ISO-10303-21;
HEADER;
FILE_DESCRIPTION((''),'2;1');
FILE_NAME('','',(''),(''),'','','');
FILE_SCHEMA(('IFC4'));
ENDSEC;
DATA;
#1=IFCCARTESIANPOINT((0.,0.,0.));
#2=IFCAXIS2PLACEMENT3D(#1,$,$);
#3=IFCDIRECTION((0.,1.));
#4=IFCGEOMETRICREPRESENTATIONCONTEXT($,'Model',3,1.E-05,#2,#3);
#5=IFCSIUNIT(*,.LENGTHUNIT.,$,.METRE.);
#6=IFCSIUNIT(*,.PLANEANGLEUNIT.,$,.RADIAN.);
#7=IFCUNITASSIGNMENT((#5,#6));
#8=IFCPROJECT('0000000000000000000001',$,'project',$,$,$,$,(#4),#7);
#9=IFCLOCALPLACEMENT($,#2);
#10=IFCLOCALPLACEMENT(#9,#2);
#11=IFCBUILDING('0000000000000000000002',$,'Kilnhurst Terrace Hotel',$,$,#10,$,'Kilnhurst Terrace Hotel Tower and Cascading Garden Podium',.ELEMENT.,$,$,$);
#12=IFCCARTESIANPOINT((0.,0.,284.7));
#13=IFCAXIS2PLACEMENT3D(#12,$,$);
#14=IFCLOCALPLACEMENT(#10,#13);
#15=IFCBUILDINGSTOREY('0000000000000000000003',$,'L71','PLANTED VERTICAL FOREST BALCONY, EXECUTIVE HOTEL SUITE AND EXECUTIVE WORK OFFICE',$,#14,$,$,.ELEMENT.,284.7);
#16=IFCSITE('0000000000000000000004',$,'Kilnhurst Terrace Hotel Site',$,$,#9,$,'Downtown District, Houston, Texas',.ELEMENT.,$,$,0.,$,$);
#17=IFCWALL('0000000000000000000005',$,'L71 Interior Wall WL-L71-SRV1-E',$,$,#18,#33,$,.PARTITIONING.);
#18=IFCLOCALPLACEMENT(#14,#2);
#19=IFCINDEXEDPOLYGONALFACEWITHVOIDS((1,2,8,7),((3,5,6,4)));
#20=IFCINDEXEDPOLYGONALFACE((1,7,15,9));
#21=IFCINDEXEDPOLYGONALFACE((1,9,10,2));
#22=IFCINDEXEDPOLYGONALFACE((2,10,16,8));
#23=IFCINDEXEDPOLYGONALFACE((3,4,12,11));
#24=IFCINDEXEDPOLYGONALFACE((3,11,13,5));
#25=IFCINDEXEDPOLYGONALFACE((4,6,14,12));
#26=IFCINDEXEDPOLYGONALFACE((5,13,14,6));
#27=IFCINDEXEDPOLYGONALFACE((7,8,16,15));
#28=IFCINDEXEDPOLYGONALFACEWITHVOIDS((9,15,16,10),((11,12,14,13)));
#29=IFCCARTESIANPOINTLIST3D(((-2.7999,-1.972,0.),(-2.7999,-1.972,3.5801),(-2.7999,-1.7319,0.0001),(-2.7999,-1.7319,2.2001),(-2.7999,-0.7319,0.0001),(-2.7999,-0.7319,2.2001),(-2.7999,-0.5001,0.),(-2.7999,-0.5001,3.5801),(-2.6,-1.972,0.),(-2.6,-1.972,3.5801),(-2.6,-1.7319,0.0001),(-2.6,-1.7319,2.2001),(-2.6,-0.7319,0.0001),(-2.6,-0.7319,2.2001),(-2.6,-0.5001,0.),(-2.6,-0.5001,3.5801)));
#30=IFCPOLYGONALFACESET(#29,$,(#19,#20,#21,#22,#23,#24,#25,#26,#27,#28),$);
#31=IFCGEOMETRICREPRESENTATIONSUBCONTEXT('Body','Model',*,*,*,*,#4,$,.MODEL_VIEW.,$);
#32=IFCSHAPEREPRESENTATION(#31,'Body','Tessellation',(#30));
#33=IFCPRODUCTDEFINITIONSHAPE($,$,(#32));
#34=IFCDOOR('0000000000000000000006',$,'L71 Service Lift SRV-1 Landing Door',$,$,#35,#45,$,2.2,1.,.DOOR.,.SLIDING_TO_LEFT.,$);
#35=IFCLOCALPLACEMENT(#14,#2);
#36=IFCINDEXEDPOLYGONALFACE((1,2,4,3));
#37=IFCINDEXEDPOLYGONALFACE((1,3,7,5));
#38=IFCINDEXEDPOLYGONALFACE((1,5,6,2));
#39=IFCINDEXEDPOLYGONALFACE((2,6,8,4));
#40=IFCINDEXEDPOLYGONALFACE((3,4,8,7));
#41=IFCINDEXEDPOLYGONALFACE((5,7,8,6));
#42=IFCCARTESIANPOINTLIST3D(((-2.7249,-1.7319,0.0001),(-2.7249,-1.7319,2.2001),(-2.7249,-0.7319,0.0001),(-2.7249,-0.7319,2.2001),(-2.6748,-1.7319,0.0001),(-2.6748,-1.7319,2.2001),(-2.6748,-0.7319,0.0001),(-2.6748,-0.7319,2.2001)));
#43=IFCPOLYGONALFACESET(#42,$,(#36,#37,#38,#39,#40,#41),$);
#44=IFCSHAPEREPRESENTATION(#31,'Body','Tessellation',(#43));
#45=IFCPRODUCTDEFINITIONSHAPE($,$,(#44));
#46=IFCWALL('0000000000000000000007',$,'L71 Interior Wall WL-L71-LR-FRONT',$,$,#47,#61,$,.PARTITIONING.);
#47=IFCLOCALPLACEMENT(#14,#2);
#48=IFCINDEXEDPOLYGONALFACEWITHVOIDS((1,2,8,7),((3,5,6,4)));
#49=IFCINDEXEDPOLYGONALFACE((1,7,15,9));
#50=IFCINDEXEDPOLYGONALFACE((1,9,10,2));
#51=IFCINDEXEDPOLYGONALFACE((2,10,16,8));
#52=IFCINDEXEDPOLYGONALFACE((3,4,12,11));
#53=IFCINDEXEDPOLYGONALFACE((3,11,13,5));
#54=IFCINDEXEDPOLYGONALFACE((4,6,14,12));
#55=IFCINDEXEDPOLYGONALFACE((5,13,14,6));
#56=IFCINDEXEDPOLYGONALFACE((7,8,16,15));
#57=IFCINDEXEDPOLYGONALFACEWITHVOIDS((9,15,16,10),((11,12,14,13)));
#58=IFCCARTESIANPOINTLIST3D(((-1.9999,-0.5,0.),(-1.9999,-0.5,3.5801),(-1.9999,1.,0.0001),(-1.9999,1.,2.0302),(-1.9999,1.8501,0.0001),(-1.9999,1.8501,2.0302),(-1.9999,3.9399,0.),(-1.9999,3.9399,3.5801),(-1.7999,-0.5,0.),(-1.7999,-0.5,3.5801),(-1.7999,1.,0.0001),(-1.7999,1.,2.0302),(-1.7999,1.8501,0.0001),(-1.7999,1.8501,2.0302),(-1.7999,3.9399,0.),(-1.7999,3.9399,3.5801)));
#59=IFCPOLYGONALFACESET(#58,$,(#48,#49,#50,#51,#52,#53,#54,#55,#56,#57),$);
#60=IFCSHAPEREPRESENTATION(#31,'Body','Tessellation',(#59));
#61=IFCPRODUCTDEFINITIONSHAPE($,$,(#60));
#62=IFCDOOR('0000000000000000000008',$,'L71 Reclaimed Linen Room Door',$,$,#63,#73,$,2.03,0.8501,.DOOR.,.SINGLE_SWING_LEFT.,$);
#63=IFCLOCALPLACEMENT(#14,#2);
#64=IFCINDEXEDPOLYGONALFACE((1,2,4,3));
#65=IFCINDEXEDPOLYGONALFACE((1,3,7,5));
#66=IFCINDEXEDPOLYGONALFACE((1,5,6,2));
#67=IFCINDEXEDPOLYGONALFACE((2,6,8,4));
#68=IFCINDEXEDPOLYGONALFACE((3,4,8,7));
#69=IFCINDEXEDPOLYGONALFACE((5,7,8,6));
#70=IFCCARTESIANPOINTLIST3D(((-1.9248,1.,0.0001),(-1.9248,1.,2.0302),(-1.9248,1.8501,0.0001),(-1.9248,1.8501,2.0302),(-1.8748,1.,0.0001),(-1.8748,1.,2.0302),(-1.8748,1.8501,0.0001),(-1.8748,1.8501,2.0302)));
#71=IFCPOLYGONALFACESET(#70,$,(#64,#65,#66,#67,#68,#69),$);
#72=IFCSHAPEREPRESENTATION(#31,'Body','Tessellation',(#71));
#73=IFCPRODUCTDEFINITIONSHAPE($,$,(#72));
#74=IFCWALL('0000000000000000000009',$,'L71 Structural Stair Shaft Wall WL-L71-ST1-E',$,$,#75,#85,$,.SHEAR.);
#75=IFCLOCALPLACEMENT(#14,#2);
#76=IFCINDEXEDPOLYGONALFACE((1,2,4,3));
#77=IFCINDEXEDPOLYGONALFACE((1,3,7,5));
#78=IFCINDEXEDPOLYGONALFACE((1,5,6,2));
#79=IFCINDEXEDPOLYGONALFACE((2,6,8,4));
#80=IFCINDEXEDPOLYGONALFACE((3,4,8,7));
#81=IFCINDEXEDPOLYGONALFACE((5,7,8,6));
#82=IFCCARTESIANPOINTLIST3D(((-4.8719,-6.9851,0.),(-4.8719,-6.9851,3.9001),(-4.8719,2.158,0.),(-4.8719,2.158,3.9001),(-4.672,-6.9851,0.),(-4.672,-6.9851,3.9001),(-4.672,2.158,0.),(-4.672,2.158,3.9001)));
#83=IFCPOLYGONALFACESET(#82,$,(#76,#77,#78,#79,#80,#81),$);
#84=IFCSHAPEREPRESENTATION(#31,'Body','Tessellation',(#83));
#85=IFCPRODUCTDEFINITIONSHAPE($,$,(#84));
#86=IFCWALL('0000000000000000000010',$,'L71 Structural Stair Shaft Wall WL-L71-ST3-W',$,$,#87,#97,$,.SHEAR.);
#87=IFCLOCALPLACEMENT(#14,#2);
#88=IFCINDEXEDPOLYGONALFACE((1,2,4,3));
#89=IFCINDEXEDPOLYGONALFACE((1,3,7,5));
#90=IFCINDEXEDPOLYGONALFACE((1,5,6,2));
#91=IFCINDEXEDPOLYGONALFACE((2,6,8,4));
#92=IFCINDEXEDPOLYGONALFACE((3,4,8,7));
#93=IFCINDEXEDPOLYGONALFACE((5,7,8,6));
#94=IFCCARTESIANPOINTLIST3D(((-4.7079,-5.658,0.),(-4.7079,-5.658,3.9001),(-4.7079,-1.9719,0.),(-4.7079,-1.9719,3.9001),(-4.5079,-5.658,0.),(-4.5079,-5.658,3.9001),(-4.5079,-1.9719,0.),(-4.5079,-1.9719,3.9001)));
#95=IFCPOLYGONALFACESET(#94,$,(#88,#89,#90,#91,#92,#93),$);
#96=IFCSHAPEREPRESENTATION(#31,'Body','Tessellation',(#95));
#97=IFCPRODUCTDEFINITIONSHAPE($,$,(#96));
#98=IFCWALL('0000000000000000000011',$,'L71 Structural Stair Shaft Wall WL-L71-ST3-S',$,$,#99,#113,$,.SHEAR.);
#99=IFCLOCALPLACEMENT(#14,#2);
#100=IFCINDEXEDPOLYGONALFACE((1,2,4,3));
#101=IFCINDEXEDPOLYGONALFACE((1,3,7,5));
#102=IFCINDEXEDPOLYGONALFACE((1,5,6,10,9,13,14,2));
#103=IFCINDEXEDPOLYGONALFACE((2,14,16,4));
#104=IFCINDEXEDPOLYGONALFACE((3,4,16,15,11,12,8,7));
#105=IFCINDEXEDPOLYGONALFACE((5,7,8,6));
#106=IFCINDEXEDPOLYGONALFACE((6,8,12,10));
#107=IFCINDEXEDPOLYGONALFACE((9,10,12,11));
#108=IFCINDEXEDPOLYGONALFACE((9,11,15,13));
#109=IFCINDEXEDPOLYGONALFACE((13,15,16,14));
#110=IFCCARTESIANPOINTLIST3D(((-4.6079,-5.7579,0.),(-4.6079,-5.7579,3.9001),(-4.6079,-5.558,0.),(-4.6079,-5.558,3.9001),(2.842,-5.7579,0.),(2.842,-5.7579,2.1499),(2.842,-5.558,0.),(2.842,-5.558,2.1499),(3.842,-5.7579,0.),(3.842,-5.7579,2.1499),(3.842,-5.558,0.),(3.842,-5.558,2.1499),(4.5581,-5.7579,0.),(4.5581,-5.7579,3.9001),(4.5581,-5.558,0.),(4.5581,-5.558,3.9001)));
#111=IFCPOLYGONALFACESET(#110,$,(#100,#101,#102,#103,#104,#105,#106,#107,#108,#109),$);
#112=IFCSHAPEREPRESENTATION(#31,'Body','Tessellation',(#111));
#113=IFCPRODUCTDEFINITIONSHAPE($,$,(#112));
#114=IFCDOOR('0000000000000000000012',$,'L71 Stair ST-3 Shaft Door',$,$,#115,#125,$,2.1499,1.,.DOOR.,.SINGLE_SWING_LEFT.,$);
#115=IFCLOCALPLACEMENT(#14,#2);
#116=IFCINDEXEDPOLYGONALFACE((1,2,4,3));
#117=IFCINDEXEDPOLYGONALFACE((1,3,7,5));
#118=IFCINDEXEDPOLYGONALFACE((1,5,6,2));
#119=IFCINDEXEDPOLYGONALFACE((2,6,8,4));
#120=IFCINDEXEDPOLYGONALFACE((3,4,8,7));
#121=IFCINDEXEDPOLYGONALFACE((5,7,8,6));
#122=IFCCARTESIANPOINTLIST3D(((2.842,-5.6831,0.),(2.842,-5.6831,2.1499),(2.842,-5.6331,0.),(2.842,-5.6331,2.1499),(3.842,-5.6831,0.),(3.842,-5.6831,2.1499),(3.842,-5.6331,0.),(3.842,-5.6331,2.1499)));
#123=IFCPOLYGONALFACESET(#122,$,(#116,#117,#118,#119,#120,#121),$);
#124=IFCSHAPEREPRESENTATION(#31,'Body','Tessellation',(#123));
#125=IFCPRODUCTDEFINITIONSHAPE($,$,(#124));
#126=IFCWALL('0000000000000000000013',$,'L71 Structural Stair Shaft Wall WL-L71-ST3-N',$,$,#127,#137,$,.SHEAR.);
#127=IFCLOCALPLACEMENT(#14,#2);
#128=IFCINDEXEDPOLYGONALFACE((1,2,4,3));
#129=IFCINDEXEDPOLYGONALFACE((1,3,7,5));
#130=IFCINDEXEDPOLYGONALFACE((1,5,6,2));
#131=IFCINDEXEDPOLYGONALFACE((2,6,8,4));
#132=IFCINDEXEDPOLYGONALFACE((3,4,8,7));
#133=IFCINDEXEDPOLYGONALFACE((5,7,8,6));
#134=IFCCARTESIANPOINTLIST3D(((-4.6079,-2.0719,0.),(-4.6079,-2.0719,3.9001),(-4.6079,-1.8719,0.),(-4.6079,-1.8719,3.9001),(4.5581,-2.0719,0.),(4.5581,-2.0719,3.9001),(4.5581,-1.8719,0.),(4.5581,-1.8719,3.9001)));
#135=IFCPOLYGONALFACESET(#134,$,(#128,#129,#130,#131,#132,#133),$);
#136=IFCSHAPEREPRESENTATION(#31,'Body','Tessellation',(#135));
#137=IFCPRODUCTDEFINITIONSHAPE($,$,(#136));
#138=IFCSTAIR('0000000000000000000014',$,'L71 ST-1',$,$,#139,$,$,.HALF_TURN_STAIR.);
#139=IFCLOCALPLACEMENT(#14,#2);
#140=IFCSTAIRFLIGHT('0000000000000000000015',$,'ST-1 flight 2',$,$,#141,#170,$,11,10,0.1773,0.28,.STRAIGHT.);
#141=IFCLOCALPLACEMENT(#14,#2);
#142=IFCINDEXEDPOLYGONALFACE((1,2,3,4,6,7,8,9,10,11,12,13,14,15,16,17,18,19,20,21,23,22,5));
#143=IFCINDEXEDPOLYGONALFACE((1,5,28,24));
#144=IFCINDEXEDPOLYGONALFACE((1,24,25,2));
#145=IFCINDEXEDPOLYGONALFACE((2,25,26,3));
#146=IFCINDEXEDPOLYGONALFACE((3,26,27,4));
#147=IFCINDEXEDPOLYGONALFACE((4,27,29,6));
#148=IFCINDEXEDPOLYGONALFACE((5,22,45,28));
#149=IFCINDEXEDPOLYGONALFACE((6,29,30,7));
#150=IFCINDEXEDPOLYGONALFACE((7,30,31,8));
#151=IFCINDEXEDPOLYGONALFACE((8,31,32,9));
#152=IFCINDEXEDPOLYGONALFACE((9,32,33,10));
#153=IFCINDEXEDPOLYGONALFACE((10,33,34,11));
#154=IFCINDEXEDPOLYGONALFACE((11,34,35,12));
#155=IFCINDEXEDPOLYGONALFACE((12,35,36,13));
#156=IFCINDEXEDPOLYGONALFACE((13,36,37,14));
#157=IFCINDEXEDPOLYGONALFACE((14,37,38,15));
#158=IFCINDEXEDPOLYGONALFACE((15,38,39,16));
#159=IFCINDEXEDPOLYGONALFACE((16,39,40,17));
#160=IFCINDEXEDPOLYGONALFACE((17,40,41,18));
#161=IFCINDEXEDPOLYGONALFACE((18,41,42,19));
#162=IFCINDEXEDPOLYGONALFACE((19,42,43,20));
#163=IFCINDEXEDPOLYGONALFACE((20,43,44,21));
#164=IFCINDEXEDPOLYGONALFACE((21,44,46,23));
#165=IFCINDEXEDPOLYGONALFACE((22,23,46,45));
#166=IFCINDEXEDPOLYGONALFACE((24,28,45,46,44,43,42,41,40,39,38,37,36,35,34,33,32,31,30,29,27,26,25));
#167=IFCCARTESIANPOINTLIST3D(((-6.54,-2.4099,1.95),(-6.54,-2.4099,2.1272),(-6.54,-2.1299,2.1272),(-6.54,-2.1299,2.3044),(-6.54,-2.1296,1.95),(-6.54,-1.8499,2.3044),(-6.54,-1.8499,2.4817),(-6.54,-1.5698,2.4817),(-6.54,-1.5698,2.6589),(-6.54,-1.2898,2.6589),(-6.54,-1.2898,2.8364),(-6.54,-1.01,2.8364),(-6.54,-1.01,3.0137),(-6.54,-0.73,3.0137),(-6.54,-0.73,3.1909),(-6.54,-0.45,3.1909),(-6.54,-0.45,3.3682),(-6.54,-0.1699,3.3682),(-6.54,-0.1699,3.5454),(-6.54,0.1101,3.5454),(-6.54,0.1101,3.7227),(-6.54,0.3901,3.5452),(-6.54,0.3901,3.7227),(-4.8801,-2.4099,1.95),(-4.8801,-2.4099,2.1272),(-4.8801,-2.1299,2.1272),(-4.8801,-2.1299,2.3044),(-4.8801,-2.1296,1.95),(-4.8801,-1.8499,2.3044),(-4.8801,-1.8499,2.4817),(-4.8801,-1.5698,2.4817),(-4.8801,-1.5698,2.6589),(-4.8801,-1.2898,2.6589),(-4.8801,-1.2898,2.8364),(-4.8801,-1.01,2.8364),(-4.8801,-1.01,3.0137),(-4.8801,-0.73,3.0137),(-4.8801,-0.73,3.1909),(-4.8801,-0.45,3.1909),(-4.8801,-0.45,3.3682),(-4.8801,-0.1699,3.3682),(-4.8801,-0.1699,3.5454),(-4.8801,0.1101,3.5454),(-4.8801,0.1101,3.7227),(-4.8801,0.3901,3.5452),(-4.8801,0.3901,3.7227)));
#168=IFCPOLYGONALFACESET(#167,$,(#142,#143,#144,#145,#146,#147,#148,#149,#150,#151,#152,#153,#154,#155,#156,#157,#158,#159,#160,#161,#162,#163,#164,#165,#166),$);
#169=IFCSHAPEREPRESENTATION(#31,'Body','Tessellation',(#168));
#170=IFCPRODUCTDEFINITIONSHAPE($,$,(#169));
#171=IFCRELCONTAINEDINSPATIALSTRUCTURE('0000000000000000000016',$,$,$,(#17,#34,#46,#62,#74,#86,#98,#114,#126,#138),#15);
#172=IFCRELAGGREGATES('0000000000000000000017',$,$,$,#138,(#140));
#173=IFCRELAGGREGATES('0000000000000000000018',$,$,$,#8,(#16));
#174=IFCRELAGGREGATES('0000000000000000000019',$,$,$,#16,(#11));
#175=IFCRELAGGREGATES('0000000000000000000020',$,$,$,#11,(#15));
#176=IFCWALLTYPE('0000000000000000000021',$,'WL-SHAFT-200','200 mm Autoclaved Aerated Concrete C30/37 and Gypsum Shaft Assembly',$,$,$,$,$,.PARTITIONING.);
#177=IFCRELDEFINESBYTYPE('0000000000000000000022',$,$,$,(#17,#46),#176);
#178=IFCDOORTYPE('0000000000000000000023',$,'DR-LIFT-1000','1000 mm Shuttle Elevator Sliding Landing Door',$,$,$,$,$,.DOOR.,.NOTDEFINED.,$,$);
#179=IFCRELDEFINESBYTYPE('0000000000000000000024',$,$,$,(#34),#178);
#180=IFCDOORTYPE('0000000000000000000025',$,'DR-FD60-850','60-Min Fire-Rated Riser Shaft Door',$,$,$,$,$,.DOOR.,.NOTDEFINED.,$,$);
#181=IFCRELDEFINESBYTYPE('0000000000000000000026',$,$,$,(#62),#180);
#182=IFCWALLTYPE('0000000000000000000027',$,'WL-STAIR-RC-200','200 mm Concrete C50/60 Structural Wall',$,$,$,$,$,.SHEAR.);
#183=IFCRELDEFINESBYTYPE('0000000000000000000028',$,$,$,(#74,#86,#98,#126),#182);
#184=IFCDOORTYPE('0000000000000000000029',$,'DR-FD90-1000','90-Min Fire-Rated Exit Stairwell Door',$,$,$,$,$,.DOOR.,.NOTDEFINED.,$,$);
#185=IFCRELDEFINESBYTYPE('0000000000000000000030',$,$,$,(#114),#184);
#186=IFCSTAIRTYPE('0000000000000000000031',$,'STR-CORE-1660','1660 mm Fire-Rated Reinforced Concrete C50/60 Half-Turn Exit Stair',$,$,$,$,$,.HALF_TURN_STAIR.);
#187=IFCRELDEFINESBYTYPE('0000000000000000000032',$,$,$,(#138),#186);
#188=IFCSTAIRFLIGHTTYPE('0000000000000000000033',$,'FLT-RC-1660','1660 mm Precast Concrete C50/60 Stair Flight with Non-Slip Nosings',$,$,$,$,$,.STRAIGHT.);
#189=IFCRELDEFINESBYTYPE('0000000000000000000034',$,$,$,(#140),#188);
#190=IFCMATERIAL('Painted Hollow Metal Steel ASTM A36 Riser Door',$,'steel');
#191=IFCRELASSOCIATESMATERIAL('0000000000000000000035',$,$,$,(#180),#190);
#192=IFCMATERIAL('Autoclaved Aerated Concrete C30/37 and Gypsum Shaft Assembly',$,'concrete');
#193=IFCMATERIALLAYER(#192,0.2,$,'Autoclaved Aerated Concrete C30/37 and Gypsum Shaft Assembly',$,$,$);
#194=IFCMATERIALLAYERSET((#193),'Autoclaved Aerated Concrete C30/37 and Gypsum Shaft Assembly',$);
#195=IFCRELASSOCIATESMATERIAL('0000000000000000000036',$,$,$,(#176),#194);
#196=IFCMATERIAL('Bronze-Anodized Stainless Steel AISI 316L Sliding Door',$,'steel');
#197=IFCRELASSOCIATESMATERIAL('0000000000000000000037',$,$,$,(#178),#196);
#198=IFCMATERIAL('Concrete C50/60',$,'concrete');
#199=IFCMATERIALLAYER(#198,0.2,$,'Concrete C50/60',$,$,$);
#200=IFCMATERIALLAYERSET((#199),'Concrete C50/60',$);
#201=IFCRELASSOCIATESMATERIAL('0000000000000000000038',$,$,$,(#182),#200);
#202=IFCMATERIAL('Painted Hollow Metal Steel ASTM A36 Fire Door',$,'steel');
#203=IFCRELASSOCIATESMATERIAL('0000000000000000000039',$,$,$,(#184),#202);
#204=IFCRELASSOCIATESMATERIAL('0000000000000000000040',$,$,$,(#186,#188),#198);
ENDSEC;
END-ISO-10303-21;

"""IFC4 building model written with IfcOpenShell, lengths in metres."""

from ifc_helpers import new_model, si_unit, direction, frame, frame_2d, origin, place, context, subcontext, project, spatial, polyline, rectangle, outline, extrude, material, layer, layer_set, type_object, element, fill, aggregate, save


model = new_model("IFC4")

# Units and contexts
model_context = context("Model", 3, precision=1e-05, world=origin(), true_north=direction((0.0, 1.0)))
body_context = subcontext(model_context, "Body", "Model", "MODEL_VIEW")
ifc_project = project(units=[si_unit("LENGTHUNIT", "METRE"), si_unit("PLANEANGLEUNIT", "RADIAN")], contexts=[model_context])

# Site, building, storey
site_placement = place(None, origin())
site = spatial("IfcSite", under=ifc_project, at=site_placement, Name="Kilnhurst Terrace Hotel Site", LongName="Downtown District, Houston, Texas", CompositionType="ELEMENT", RefElevation=0.0)
building_placement = place(site_placement, origin())
building = spatial("IfcBuilding", under=site, at=building_placement, Name="Kilnhurst Terrace Hotel", LongName="Kilnhurst Terrace Hotel Tower and Cascading Garden Podium", CompositionType="ELEMENT")
storey_placement = place(building_placement, frame((0.0, 0.0, 284.7)))
storey = spatial("IfcBuildingStorey", under=building, at=storey_placement, Name="L71", Description="PLANTED VERTICAL FOREST BALCONY, EXECUTIVE HOTEL SUITE AND EXECUTIVE WORK OFFICE", CompositionType="ELEMENT", Elevation=284.7)

# Shared definitions
ifc_material_1 = material(Name="Concrete C50/60", Category="concrete")

# Shared definitions
ifc_material_2 = material(Name="Painted Hollow Metal Steel ASTM A36 Riser Door", Category="steel")
door_type_1 = type_object("IfcDoorType", Name="DR-FD60-850", Description="60-Min Fire-Rated Riser Shaft Door", OperationType="NOTDEFINED", PredefinedType="DOOR", material=ifc_material_2)

# Walls, openings, doors
ifc_material_3 = material(Name="Autoclaved Aerated Concrete C30/37 and Gypsum Shaft Assembly", Category="concrete")
ifc_layer_1 = layer(ifc_material_3, 0.2, Name="Autoclaved Aerated Concrete C30/37 and Gypsum Shaft Assembly")
ifc_layer_set_1 = layer_set([ifc_layer_1], Name="Autoclaved Aerated Concrete C30/37 and Gypsum Shaft Assembly")
wall_type_1 = type_object("IfcWallType", Name="WL-SHAFT-200", Description="200 mm Autoclaved Aerated Concrete C30/37 and Gypsum Shaft Assembly", PredefinedType="PARTITIONING", material=ifc_layer_set_1)
wall_1_placement = place(storey_placement, frame((-2.7, -1.9719, 0.0), z_axis=(0.0, 0.0, 1.0), x_axis=(0.0, 1.0, 0.0)))
wall_1 = element("IfcWall", 1, at=wall_1_placement, inside=storey, type_object=wall_type_1, Name="L71 Interior Wall WL-L71-SRV1-E", PredefinedType="PARTITIONING", context=body_context, shape_type="SweptSolid", body=[
    extrude(rectangle(XDim=1.4719, YDim=0.2, at=frame_2d((0.7358, 0.0))), origin(), (0.0, 0.0, 1.0), 3.5801),
])
opening_1_placement = place(wall_1_placement, frame((0.24, 0.0, 0.0)))
opening_1 = element("IfcOpeningElement", 2, at=opening_1_placement, cuts=wall_1, PredefinedType="OPENING", context=body_context, shape_type="SweptSolid", body=[
    extrude(rectangle(XDim=1.0, YDim=2.2, at=frame_2d((0.5, 1.1001))), frame((0.0, 0.1099, 0.0), z_axis=(0.0, -1.0, 0.0), x_axis=(1.0, 0.0, 0.0)), (0.0, 0.0, 1.0), 0.22),
])
ifc_material_4 = material(Name="Bronze-Anodized Stainless Steel AISI 316L Sliding Door", Category="steel")
door_type_2 = type_object("IfcDoorType", Name="DR-LIFT-1000", Description="1000 mm Shuttle Elevator Sliding Landing Door", OperationType="NOTDEFINED", PredefinedType="DOOR", material=ifc_material_4)
door_1_placement = place(opening_1_placement, origin())
door_1 = element("IfcDoor", 3, at=door_1_placement, inside=storey, type_object=door_type_2, Name="L71 Service Lift SRV-1 Landing Door", OperationType="SLIDING_TO_LEFT", OverallHeight=2.2, OverallWidth=1.0, PredefinedType="DOOR", context=body_context, shape_type="SweptSolid", body=[
    extrude(rectangle(XDim=1.0, YDim=2.2, at=frame_2d((0.5, 1.1001))), frame((0.0, 0.0249, 0.0), z_axis=(0.0, -1.0, 0.0), x_axis=(1.0, 0.0, 0.0)), (0.0, 0.0, 1.0), 0.05),
])
fill(opening_1, door_1)
wall_2_placement = place(storey_placement, frame((-1.8999, -0.5, 0.0), z_axis=(0.0, 0.0, 1.0), x_axis=(0.0, 1.0, 0.0)))
wall_2 = element("IfcWall", 4, at=wall_2_placement, inside=storey, type_object=wall_type_1, Name="L71 Interior Wall WL-L71-LR-FRONT", PredefinedType="PARTITIONING", context=body_context, shape_type="SweptSolid", body=[
    extrude(rectangle(XDim=4.4399, YDim=0.2, at=frame_2d((2.22, 0.0))), origin(), (0.0, 0.0, 1.0), 3.5801),
])
opening_2_placement = place(wall_2_placement, frame((1.5, 0.0, 0.0)))
opening_2 = element("IfcOpeningElement", 5, at=opening_2_placement, cuts=wall_2, PredefinedType="OPENING", context=body_context, shape_type="SweptSolid", body=[
    extrude(rectangle(XDim=0.8501, YDim=2.03, at=frame_2d((0.425, 1.0151))), frame((0.0, 0.1099, 0.0), z_axis=(0.0, -1.0, 0.0), x_axis=(1.0, 0.0, 0.0)), (0.0, 0.0, 1.0), 0.22),
])
door_2_placement = place(opening_2_placement, origin())
door_2 = element("IfcDoor", 6, at=door_2_placement, inside=storey, type_object=door_type_1, Name="L71 Reclaimed Linen Room Door", OperationType="SINGLE_SWING_LEFT", OverallHeight=2.03, OverallWidth=0.8501, PredefinedType="DOOR", context=body_context, shape_type="SweptSolid", body=[
    extrude(rectangle(XDim=0.8501, YDim=2.03, at=frame_2d((0.425, 1.0151))), frame((0.0, 0.0249, 0.0), z_axis=(0.0, -1.0, 0.0), x_axis=(1.0, 0.0, 0.0)), (0.0, 0.0, 1.0), 0.05),
])
fill(opening_2, door_2)

# Walls
ifc_layer_2 = layer(ifc_material_1, 0.2, Name="Concrete C50/60")
ifc_layer_set_2 = layer_set([ifc_layer_2], Name="Concrete C50/60")
wall_type_2 = type_object("IfcWallType", Name="WL-STAIR-RC-200", Description="200 mm Concrete C50/60 Structural Wall", PredefinedType="SHEAR", material=ifc_layer_set_2)
wall_3_placement = place(storey_placement, frame((-4.772, -6.9851, 0.0), z_axis=(0.0, 0.0, 1.0), x_axis=(0.0, 1.0, 0.0)))
element("IfcWall", 7, at=wall_3_placement, inside=storey, type_object=wall_type_2, Name="L71 Structural Stair Shaft Wall WL-L71-ST1-E", PredefinedType="SHEAR", context=body_context, shape_type="SweptSolid", body=[
    extrude(rectangle(XDim=9.1431, YDim=0.2, at=frame_2d((4.5715, 0.0))), origin(), (0.0, 0.0, 1.0), 3.9001),
])
wall_4_placement = place(storey_placement, frame((-4.6079, -5.658, 0.0), z_axis=(0.0, 0.0, 1.0), x_axis=(0.0, 1.0, 0.0)))
element("IfcWall", 8, at=wall_4_placement, inside=storey, type_object=wall_type_2, Name="L71 Structural Stair Shaft Wall WL-L71-ST3-W", PredefinedType="SHEAR", context=body_context, shape_type="SweptSolid", body=[
    extrude(rectangle(XDim=3.686, YDim=0.2, at=frame_2d((1.843, 0.0))), origin(), (0.0, 0.0, 1.0), 3.9001),
])

# Wall, opening, door
wall_5_placement = place(storey_placement, frame((-4.6079, -5.658, 0.0), z_axis=(0.0, 0.0, 1.0), x_axis=(1.0, 0.0, 0.0)))
wall_5 = element("IfcWall", 9, at=wall_5_placement, inside=storey, type_object=wall_type_2, Name="L71 Structural Stair Shaft Wall WL-L71-ST3-S", PredefinedType="SHEAR", context=body_context, shape_type="SweptSolid", body=[
    extrude(rectangle(XDim=9.166, YDim=0.2, at=frame_2d((4.583, 0.0))), origin(), (0.0, 0.0, 1.0), 3.9001),
])
opening_3_placement = place(wall_5_placement, frame((7.45, 0.0, 0.0)))
opening_3 = element("IfcOpeningElement", 10, at=opening_3_placement, cuts=wall_5, PredefinedType="OPENING", context=body_context, shape_type="SweptSolid", body=[
    extrude(rectangle(XDim=1.0, YDim=2.1499, at=frame_2d((0.5, 1.075))), frame((0.0, 0.1099, 0.0), z_axis=(0.0, -1.0, 0.0), x_axis=(1.0, 0.0, 0.0)), (0.0, 0.0, 1.0), 0.22),
])
ifc_material_5 = material(Name="Painted Hollow Metal Steel ASTM A36 Fire Door", Category="steel")
door_type_3 = type_object("IfcDoorType", Name="DR-FD90-1000", Description="90-Min Fire-Rated Exit Stairwell Door", OperationType="NOTDEFINED", PredefinedType="DOOR", material=ifc_material_5)
door_3_placement = place(opening_3_placement, origin())
door_3 = element("IfcDoor", 11, at=door_3_placement, inside=storey, type_object=door_type_3, Name="L71 Stair ST-3 Shaft Door", OperationType="SINGLE_SWING_LEFT", OverallHeight=2.1499, OverallWidth=1.0, PredefinedType="DOOR", context=body_context, shape_type="SweptSolid", body=[
    extrude(rectangle(XDim=1.0, YDim=2.1499, at=frame_2d((0.5, 1.075))), frame((0.0, 0.0249, 0.0), z_axis=(0.0, -1.0, 0.0), x_axis=(1.0, 0.0, 0.0)), (0.0, 0.0, 1.0), 0.05),
])
fill(opening_3, door_3)

# Wall
wall_6_placement = place(storey_placement, frame((-4.6079, -1.9719, 0.0), z_axis=(0.0, 0.0, 1.0), x_axis=(1.0, 0.0, 0.0)))
element("IfcWall", 12, at=wall_6_placement, inside=storey, type_object=wall_type_2, Name="L71 Structural Stair Shaft Wall WL-L71-ST3-N", PredefinedType="SHEAR", context=body_context, shape_type="SweptSolid", body=[
    extrude(rectangle(XDim=9.166, YDim=0.2, at=frame_2d((4.583, 0.0))), origin(), (0.0, 0.0, 1.0), 3.9001),
])

# Stair, stair flight
stair_type = type_object("IfcStairType", Name="STR-CORE-1660", Description="1660 mm Fire-Rated Reinforced Concrete C50/60 Half-Turn Exit Stair", PredefinedType="HALF_TURN_STAIR", material=ifc_material_1)
stair_1_placement = place(storey_placement, origin())
stair_1 = element("IfcStair", 13, at=stair_1_placement, inside=storey, type_object=stair_type, Name="L71 ST-1", PredefinedType="HALF_TURN_STAIR")
stair_flight_type = type_object("IfcStairFlightType", Name="FLT-RC-1660", Description="1660 mm Precast Concrete C50/60 Stair Flight with Non-Slip Nosings", PredefinedType="STRAIGHT", material=ifc_material_1)
stair_flight_1_placement = place(storey_placement, frame((-5.71, -2.4099, 1.95), z_axis=(0.0, 0.0, 1.0), x_axis=(0.0, 1.0, 0.0)))
stair_flight_1 = element("IfcStairFlight", 14, at=stair_flight_1_placement, type_object=stair_flight_type, Name="ST-1 flight 2", NumberOfRisers=11, NumberOfTreads=10, PredefinedType="STRAIGHT", RiserHeight=0.1773, TreadLength=0.28, context=body_context, shape_type="SweptSolid", body=[
    extrude(outline(polyline([(0.0, 0.0), (0.0, 0.1772), (0.28, 0.1772), (0.28, 0.3545), (0.5601, 0.3545), (0.5601, 0.5317), (0.8401, 0.5317), (0.8401, 0.709), (1.1201, 0.709), (1.1201, 0.8865), (1.3999, 0.8865), (1.3999, 1.0637), (1.6799, 1.0637), (1.6799, 1.241), (1.96, 1.241), (1.96, 1.4182), (2.24, 1.4182), (2.24, 1.5955), (2.52, 1.5955), (2.52, 1.7727), (2.8, 1.7727), (2.8, 1.95), (2.8, 1.5952), (0.2803, 0.0), (0.0, 0.0)])), frame((0.0, 0.8301, 0.0), z_axis=(0.0, -1.0, 0.0), x_axis=(1.0, 0.0, 0.0)), (0.0, 0.0, 1.0), 1.6599),
])
aggregate(stair_1, [stair_flight_1])

save(model, "model.ifc")
